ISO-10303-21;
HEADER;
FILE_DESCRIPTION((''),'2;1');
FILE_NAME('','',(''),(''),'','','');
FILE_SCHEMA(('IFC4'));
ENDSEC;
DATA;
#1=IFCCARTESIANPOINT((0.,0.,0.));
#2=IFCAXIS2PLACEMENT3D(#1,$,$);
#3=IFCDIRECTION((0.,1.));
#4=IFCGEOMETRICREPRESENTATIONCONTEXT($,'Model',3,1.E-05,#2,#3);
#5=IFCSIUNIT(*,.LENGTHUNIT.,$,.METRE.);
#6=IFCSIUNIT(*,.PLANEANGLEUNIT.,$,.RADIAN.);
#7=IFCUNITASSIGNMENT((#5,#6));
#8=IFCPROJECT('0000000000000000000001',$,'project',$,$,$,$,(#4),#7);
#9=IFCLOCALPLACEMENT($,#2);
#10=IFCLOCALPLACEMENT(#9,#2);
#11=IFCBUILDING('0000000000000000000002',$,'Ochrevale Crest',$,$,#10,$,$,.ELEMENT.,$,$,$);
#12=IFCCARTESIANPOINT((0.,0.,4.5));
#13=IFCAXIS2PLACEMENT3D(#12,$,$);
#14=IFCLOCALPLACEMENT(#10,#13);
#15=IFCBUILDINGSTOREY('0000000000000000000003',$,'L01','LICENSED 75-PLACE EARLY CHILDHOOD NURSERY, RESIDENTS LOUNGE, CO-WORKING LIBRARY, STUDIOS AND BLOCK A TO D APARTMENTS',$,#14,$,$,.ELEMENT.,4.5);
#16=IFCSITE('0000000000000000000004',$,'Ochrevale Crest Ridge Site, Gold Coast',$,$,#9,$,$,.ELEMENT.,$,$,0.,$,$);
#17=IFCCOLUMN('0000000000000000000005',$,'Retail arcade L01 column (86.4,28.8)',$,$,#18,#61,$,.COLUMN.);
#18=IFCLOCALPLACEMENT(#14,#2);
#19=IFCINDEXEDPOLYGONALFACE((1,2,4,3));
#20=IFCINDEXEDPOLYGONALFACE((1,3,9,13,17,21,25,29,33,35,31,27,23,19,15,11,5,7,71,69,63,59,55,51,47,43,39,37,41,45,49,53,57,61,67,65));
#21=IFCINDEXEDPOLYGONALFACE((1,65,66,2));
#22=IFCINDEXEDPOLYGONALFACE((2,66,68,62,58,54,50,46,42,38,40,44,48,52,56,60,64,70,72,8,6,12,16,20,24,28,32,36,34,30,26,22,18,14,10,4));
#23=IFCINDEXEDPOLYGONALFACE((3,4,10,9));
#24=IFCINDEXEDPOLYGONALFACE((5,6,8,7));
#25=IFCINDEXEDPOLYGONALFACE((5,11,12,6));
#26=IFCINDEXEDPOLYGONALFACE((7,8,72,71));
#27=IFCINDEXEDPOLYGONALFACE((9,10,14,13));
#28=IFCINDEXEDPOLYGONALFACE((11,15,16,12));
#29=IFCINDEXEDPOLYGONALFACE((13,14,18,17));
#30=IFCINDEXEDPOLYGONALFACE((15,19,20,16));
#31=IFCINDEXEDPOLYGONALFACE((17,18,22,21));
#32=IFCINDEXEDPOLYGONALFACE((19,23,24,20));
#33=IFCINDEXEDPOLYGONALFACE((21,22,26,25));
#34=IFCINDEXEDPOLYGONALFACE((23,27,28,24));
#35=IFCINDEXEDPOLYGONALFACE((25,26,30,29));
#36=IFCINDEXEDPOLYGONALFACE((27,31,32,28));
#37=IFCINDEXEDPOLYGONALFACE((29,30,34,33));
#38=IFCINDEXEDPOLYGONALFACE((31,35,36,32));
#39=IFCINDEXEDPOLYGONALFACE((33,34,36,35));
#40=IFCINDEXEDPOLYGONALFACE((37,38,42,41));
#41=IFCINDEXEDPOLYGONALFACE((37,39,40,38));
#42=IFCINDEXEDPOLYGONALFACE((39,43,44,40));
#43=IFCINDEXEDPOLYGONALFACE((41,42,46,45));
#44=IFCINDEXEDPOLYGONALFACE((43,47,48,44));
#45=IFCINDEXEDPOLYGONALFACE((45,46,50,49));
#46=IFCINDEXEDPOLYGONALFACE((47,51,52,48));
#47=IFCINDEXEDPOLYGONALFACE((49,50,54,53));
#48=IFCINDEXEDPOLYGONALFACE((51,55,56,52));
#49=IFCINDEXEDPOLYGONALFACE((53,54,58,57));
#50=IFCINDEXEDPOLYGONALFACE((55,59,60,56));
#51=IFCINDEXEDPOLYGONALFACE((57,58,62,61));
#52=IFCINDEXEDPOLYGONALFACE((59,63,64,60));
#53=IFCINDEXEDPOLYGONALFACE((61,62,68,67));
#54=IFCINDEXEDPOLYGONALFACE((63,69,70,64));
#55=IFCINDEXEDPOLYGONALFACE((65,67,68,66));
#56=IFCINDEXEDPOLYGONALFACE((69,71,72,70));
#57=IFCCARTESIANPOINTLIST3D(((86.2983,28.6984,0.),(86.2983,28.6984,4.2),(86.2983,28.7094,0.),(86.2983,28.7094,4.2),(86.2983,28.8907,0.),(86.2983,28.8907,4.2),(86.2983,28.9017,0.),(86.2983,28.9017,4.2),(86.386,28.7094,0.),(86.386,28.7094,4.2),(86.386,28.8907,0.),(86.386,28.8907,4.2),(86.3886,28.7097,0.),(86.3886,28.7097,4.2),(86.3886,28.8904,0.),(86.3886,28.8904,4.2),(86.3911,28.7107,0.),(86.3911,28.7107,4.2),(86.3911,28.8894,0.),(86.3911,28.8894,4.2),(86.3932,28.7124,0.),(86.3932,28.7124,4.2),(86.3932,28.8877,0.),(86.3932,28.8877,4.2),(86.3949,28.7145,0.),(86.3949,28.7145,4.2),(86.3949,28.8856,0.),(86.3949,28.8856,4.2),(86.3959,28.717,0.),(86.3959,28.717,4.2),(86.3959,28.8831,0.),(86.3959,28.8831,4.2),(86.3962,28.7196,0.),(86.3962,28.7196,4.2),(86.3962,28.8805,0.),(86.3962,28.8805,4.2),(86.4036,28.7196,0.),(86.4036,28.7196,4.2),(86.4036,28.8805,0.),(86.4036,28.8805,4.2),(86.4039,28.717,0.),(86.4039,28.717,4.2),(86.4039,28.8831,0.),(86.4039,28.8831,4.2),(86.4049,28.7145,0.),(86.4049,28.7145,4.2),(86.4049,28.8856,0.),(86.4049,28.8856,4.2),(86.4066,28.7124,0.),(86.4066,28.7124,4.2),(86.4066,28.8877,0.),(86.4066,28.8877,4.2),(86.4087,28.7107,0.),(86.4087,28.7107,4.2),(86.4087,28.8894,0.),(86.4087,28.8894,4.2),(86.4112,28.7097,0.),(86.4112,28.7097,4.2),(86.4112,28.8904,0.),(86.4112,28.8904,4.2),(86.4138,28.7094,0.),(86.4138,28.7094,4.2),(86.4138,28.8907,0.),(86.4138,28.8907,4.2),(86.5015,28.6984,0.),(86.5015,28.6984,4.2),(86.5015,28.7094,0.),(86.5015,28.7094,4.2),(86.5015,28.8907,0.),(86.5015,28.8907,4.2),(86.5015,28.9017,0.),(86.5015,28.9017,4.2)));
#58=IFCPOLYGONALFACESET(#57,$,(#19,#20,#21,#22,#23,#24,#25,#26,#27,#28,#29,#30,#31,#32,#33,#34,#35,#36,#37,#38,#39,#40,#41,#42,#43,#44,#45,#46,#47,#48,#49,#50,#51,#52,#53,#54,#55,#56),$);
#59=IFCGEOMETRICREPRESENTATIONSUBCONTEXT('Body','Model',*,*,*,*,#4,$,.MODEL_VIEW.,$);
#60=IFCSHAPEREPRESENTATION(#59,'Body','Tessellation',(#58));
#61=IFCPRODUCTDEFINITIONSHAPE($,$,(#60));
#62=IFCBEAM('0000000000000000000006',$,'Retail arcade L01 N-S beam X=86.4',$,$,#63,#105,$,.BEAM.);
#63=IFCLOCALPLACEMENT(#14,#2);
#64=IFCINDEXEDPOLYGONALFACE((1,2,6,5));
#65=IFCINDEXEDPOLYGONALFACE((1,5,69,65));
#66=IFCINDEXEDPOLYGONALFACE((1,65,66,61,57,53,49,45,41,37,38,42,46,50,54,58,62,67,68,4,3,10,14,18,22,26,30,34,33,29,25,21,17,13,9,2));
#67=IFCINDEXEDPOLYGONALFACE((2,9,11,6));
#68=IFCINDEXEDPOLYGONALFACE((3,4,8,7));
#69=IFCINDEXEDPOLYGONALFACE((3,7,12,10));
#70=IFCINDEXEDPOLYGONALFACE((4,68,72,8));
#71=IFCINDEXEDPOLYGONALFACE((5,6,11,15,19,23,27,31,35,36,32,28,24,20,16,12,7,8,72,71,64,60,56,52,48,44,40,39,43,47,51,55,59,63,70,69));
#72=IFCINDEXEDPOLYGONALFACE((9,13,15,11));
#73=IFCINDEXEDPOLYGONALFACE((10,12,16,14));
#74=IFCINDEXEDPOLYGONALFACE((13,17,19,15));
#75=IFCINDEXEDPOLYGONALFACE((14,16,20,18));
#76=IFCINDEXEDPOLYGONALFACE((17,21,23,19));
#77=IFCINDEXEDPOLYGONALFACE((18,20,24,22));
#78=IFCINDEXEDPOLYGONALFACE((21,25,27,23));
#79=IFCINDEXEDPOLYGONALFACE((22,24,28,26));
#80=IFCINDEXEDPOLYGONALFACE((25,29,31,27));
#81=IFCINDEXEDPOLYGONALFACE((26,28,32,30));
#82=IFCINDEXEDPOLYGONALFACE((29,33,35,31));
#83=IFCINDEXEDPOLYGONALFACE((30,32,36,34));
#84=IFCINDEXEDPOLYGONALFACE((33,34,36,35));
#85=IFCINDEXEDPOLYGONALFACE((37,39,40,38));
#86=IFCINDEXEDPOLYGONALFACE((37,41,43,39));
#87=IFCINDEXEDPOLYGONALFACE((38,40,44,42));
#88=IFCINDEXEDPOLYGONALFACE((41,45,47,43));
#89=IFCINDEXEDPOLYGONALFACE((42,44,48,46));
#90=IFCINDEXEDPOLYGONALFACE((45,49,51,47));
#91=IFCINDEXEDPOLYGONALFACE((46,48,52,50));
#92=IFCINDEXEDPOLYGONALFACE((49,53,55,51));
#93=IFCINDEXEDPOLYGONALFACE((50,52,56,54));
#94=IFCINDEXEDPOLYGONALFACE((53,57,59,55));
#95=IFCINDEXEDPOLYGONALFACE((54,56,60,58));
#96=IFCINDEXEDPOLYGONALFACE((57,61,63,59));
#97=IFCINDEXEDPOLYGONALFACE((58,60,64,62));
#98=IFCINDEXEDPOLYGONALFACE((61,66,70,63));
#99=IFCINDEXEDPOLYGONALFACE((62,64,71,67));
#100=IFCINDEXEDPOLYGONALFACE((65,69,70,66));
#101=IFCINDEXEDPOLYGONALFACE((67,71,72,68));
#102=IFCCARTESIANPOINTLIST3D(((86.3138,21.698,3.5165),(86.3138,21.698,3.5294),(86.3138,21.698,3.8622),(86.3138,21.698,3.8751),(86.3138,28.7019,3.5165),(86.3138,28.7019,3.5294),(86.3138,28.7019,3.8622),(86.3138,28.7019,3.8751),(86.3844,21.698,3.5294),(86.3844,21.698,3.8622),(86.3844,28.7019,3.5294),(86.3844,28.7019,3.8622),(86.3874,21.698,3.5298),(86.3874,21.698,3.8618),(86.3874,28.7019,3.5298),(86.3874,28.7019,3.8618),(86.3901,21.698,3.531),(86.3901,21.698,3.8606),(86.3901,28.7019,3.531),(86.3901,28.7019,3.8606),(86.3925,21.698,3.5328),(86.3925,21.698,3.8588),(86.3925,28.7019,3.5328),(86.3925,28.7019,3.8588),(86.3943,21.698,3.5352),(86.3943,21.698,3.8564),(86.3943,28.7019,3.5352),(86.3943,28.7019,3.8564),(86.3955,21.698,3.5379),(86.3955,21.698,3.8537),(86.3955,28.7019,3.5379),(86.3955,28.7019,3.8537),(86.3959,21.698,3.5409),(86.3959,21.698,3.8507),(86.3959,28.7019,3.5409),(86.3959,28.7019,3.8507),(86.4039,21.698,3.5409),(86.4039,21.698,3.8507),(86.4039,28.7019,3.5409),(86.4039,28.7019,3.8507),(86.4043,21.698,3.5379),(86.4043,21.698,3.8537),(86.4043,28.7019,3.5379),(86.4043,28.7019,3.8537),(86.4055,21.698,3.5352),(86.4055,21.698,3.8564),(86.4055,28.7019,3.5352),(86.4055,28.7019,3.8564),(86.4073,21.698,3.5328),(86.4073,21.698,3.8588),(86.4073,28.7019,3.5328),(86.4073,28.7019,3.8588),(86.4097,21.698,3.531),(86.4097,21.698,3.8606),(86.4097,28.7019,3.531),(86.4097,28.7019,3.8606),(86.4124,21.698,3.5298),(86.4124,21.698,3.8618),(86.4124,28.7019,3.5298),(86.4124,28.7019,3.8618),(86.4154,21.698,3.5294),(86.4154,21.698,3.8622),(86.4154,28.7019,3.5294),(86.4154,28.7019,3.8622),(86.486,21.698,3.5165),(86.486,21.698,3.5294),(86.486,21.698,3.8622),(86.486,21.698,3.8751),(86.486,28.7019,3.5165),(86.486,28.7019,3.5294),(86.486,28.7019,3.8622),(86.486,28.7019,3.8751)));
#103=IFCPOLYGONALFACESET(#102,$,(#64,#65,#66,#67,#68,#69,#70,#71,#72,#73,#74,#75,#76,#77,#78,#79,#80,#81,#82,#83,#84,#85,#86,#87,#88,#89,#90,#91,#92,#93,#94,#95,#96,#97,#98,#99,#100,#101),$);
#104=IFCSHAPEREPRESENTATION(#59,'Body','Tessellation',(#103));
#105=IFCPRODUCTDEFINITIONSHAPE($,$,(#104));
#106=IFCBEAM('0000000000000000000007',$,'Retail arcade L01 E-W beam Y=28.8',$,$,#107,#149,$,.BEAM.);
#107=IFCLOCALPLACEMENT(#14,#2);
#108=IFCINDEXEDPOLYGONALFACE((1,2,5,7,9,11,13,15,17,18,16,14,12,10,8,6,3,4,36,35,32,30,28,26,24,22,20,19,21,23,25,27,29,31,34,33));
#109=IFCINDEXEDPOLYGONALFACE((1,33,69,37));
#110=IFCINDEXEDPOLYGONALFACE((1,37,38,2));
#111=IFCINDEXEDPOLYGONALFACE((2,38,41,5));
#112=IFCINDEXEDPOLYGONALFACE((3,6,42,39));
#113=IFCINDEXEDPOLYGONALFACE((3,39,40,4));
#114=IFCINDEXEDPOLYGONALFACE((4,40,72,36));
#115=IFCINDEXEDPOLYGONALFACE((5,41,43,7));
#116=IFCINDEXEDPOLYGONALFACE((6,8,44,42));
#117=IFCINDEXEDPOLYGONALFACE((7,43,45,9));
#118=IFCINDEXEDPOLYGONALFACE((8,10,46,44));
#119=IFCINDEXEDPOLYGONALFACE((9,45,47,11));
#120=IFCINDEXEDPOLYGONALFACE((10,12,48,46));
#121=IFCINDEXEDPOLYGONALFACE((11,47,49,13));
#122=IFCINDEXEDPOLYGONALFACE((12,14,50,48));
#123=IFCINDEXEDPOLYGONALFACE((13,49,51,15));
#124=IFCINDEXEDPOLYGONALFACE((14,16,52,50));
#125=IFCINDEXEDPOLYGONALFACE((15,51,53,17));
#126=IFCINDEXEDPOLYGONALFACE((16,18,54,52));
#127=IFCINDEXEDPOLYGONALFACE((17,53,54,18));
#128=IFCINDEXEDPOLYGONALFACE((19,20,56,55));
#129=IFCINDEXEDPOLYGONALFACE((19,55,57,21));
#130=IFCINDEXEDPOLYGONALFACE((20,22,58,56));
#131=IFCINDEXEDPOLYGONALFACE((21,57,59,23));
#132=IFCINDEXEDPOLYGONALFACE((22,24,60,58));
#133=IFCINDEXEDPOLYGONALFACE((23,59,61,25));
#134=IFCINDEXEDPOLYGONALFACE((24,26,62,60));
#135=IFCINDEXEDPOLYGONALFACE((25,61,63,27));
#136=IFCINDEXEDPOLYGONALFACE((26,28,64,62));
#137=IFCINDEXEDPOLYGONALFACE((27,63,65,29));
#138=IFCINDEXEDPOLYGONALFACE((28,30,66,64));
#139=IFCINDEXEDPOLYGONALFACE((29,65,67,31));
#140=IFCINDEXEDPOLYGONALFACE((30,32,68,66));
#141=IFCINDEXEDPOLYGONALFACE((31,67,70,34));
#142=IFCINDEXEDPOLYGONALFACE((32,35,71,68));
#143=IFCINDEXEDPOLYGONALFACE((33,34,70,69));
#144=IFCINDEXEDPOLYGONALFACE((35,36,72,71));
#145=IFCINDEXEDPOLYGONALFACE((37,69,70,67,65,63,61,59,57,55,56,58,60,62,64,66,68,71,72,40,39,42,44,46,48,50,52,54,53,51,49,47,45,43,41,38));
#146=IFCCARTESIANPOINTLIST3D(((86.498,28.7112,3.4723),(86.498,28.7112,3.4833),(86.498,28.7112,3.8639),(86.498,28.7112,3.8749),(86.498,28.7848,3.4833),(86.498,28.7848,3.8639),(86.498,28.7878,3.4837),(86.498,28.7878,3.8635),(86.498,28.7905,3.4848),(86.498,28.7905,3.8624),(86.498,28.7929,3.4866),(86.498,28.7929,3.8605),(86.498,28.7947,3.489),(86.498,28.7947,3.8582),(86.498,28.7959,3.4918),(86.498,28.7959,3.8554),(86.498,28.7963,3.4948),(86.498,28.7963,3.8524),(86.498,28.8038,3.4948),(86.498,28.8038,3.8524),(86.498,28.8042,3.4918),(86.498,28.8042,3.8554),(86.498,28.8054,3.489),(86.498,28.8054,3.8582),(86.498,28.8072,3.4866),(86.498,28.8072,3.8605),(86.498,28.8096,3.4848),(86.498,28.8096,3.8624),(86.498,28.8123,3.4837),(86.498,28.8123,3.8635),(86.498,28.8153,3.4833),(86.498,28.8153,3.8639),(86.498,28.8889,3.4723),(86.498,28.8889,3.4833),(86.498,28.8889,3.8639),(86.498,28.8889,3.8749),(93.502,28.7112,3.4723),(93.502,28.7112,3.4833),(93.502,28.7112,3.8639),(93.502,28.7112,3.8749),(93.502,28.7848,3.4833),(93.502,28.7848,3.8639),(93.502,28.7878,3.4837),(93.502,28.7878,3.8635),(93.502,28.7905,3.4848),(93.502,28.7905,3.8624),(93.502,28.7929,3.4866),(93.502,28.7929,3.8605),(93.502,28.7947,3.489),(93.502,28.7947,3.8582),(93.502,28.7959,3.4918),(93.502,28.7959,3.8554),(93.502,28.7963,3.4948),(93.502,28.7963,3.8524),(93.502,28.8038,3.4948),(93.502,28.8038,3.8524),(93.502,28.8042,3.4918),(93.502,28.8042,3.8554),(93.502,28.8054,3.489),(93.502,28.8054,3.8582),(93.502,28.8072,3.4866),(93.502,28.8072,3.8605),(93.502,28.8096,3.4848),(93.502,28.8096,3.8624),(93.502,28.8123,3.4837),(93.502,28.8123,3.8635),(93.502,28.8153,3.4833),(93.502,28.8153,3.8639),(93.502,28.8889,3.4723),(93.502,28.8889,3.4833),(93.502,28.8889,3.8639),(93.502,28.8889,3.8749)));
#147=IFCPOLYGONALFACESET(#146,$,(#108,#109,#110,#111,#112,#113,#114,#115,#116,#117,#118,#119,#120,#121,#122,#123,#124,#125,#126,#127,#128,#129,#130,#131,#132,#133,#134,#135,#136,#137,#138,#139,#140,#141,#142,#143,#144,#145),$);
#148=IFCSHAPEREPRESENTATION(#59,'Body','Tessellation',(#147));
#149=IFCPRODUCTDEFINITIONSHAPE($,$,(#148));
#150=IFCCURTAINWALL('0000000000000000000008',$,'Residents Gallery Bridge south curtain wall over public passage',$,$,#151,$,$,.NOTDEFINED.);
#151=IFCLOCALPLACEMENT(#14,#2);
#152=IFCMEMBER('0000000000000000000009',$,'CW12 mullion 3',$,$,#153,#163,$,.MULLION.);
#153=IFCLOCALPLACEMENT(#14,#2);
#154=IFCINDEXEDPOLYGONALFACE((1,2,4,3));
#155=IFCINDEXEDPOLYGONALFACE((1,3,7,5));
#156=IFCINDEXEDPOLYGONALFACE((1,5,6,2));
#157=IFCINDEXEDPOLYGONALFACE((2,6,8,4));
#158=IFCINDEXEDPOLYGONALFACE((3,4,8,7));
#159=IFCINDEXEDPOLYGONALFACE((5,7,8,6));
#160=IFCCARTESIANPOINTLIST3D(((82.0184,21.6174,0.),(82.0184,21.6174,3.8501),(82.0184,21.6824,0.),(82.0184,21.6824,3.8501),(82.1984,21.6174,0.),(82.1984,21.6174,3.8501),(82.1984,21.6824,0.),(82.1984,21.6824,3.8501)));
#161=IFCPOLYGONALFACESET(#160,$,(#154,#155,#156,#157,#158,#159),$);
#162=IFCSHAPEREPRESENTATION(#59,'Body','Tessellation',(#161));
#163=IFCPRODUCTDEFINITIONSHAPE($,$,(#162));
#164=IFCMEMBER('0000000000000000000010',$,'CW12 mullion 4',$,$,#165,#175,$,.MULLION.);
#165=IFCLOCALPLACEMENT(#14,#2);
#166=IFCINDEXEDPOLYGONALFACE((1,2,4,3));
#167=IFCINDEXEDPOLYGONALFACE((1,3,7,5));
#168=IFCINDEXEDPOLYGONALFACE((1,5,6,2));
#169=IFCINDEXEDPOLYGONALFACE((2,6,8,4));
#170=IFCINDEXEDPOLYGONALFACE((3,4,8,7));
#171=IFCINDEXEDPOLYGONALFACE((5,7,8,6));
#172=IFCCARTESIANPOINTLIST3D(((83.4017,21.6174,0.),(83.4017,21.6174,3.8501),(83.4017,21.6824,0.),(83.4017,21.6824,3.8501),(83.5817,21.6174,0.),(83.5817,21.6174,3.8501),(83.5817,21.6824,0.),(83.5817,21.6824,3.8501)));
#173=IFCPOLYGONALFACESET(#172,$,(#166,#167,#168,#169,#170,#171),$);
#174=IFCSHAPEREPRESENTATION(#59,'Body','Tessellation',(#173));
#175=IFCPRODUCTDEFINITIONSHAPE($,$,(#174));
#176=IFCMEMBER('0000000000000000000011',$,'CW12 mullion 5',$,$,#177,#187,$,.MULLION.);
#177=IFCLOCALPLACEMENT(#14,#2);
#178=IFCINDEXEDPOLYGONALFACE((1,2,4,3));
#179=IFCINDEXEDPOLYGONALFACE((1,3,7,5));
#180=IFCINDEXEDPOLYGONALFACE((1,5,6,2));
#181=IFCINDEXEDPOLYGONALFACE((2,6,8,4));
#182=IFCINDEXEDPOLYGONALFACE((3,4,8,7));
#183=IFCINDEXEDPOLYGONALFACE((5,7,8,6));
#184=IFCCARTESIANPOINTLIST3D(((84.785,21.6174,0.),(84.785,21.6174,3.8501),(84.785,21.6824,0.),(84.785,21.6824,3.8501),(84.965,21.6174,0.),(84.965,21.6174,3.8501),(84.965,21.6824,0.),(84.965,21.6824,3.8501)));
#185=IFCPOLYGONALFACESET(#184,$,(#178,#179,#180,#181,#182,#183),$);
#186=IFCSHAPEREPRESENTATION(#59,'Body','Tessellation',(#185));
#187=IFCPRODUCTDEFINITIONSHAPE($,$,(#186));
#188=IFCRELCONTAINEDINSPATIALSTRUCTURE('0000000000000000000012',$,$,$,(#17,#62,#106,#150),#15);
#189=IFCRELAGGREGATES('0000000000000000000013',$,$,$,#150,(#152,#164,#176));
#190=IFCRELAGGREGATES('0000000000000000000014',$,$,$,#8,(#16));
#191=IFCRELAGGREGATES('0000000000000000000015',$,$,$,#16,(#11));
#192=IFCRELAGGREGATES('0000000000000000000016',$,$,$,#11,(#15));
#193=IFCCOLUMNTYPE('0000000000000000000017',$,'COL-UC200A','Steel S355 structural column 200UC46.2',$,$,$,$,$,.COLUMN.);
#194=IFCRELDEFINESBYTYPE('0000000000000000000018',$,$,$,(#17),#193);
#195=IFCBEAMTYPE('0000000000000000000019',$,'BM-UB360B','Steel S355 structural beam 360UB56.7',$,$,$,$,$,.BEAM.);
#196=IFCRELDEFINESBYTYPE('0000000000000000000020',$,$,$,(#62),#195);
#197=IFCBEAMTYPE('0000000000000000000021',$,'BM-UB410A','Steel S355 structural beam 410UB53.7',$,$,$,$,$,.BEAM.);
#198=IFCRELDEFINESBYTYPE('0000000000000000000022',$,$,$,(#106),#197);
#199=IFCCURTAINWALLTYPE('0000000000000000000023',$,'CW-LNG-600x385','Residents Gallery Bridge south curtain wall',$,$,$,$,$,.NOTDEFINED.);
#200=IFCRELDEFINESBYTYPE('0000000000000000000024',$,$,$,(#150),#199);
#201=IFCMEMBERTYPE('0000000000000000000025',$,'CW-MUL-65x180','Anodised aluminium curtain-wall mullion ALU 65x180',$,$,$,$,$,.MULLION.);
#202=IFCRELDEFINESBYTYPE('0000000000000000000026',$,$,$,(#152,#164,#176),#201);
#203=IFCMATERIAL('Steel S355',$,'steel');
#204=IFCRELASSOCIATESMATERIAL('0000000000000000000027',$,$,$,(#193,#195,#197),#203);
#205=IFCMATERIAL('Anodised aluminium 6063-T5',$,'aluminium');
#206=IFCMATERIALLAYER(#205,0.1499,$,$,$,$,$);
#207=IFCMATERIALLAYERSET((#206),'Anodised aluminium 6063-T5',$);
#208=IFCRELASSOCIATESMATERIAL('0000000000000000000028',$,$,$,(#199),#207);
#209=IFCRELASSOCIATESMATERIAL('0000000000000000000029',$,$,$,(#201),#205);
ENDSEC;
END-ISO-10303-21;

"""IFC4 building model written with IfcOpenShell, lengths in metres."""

from ifc_helpers import new_model, si_unit, direction, frame, origin, origin_2d, place, context, subcontext, project, spatial, rectangle, i_section, extrude, material, layer, layer_set, material_profile, profile_set, type_object, element, aggregate, save


model = new_model("IFC4")

# Units and contexts
model_context = context("Model", 3, precision=1e-05, world=origin(), true_north=direction((0.0, 1.0)))
body_context = subcontext(model_context, "Body", "Model", "MODEL_VIEW")
ifc_project = project(units=[si_unit("LENGTHUNIT", "METRE"), si_unit("PLANEANGLEUNIT", "RADIAN")], contexts=[model_context])

# Site, building, storey
site_placement = place(None, origin())
site = spatial("IfcSite", under=ifc_project, at=site_placement, Name="Ochrevale Crest Ridge Site, Gold Coast", CompositionType="ELEMENT", RefElevation=0.0)
building_placement = place(site_placement, origin())
building = spatial("IfcBuilding", under=site, at=building_placement, Name="Ochrevale Crest", CompositionType="ELEMENT")
storey_placement = place(building_placement, frame((0.0, 0.0, 4.5)))
storey = spatial("IfcBuildingStorey", under=building, at=storey_placement, Name="L01", Description="LICENSED 75-PLACE EARLY CHILDHOOD NURSERY, RESIDENTS LOUNGE, CO-WORKING LIBRARY, STUDIOS AND BLOCK A TO D APARTMENTS", CompositionType="ELEMENT", Elevation=4.5)

# Column
ifc_material_1 = material(Name="Steel S355", Category="steel")
ifc_material_profile_1 = material_profile(ifc_material_1, i_section(OverallWidth=0.2031, OverallDepth=0.2034, WebThickness=0.0073, FlangeThickness=0.011, FilletRadius=0.0103, at=origin_2d()), Name="200UC46.2")
ifc_profile_set_1 = profile_set([ifc_material_profile_1], Name="Steel S355")
column_type = type_object("IfcColumnType", Name="COL-UC200A", Description="Steel S355 structural column 200UC46.2", PredefinedType="COLUMN", material=ifc_profile_set_1)
column_placement = place(storey_placement, frame((86.3999, 28.8, 0.0), z_axis=(0.0, 0.0, 1.0), x_axis=(1.0, 0.0, 0.0)))
element("IfcColumn", 1, at=column_placement, inside=storey, type_object=column_type, Name="Retail arcade L01 column (86.4,28.8)", PredefinedType="COLUMN", context=body_context, shape_type="SweptSolid", body=[
    extrude(i_section(OverallWidth=0.2031, OverallDepth=0.2034, WebThickness=0.0073, FlangeThickness=0.011, FilletRadius=0.0103, at=origin_2d()), origin(), (0.0, 0.0, 1.0), 4.2),
])

# Beams
ifc_material_profile_2 = material_profile(ifc_material_1, i_section(OverallWidth=0.1721, OverallDepth=0.3586, WebThickness=0.0081, FlangeThickness=0.0129, FilletRadius=0.0115, at=origin_2d()), Name="360UB56.7")
ifc_profile_set_2 = profile_set([ifc_material_profile_2], Name="Steel S355")
beam_type_1 = type_object("IfcBeamType", Name="BM-UB360B", Description="Steel S355 structural beam 360UB56.7", PredefinedType="BEAM", material=ifc_profile_set_2)
beam_1_placement = place(storey_placement, frame((86.3999, 21.698, 3.6958), z_axis=(0.0, 1.0, 0.0), x_axis=(-1.0, 0.0, 0.0)))
element("IfcBeam", 2, at=beam_1_placement, inside=storey, type_object=beam_type_1, Name="Retail arcade L01 N-S beam X=86.4", PredefinedType="BEAM", context=body_context, shape_type="SweptSolid", body=[
    extrude(i_section(OverallWidth=0.1721, OverallDepth=0.3586, WebThickness=0.0081, FlangeThickness=0.0129, FilletRadius=0.0115, at=origin_2d()), origin(), (0.0, 0.0, 1.0), 7.0039),
])
ifc_material_profile_3 = material_profile(ifc_material_1, i_section(OverallWidth=0.1777, OverallDepth=0.4026, WebThickness=0.0076, FlangeThickness=0.011, FilletRadius=0.0115, at=origin_2d()), Name="410UB53.7")
ifc_profile_set_3 = profile_set([ifc_material_profile_3], Name="Steel S355")
beam_type_2 = type_object("IfcBeamType", Name="BM-UB410A", Description="Steel S355 structural beam 410UB53.7", PredefinedType="BEAM", material=ifc_profile_set_3)
beam_2_placement = place(storey_placement, frame((86.498, 28.8, 3.6736), z_axis=(1.0, 0.0, 0.0), x_axis=(0.0, 1.0, 0.0)))
element("IfcBeam", 3, at=beam_2_placement, inside=storey, type_object=beam_type_2, Name="Retail arcade L01 E-W beam Y=28.8", PredefinedType="BEAM", context=body_context, shape_type="SweptSolid", body=[
    extrude(i_section(OverallWidth=0.1777, OverallDepth=0.4026, WebThickness=0.0076, FlangeThickness=0.011, FilletRadius=0.0115, at=origin_2d()), origin(), (0.0, 0.0, 1.0), 7.0039),
])

# Curtain wall, members
ifc_material_2 = material(Name="Anodised aluminium 6063-T5", Category="aluminium")
ifc_layer_1 = layer(ifc_material_2, 0.1499)
ifc_layer_set_1 = layer_set([ifc_layer_1], Name="Anodised aluminium 6063-T5")
curtain_wall_type = type_object("IfcCurtainWallType", Name="CW-LNG-600x385", Description="Residents Gallery Bridge south curtain wall", PredefinedType="NOTDEFINED", material=ifc_layer_set_1)
curtain_wall_placement = place(storey_placement, origin())
curtain_wall = element("IfcCurtainWall", 4, at=curtain_wall_placement, inside=storey, type_object=curtain_wall_type, Name="Residents Gallery Bridge south curtain wall over public passage", PredefinedType="NOTDEFINED")
ifc_material_profile_4 = material_profile(ifc_material_2, rectangle(XDim=0.0649, YDim=0.1799, at=origin_2d()), Name="ALU 65x180")
ifc_profile_set_4 = profile_set([ifc_material_profile_4], Name="Anodised aluminium 6063-T5")
member_type_1 = type_object("IfcMemberType", Name="CW-MUL-65x180", Description="Anodised aluminium curtain-wall mullion ALU 65x180", PredefinedType="MULLION", material=ifc_profile_set_4)
member_1_placement = place(storey_placement, frame((82.1084, 21.6499, 0.0), z_axis=(0.0, 0.0, 1.0), x_axis=(0.0, 1.0, 0.0)))
member_1 = element("IfcMember", 5, at=member_1_placement, type_object=member_type_1, Name="CW12 mullion 3", PredefinedType="MULLION", context=body_context, shape_type="SweptSolid", body=[
    extrude(rectangle(XDim=0.0649, YDim=0.1799, at=origin_2d()), origin(), (0.0, 0.0, 1.0), 3.8501),
])
member_2_placement = place(storey_placement, frame((83.4917, 21.6499, 0.0), z_axis=(0.0, 0.0, 1.0), x_axis=(0.0, 1.0, 0.0)))
member_2 = element("IfcMember", 6, at=member_2_placement, type_object=member_type_1, Name="CW12 mullion 4", PredefinedType="MULLION", context=body_context, shape_type="SweptSolid", body=[
    extrude(rectangle(XDim=0.0649, YDim=0.1799, at=origin_2d()), origin(), (0.0, 0.0, 1.0), 3.8501),
])
member_3_placement = place(storey_placement, frame((84.875, 21.6499, 0.0), z_axis=(0.0, 0.0, 1.0), x_axis=(0.0, 1.0, 0.0)))
member_3 = element("IfcMember", 7, at=member_3_placement, type_object=member_type_1, Name="CW12 mullion 5", PredefinedType="MULLION", context=body_context, shape_type="SweptSolid", body=[
    extrude(rectangle(XDim=0.0649, YDim=0.1799, at=origin_2d()), origin(), (0.0, 0.0, 1.0), 3.8501),
])
aggregate(curtain_wall, [member_1, member_2, member_3])

save(model, "model.ifc")
